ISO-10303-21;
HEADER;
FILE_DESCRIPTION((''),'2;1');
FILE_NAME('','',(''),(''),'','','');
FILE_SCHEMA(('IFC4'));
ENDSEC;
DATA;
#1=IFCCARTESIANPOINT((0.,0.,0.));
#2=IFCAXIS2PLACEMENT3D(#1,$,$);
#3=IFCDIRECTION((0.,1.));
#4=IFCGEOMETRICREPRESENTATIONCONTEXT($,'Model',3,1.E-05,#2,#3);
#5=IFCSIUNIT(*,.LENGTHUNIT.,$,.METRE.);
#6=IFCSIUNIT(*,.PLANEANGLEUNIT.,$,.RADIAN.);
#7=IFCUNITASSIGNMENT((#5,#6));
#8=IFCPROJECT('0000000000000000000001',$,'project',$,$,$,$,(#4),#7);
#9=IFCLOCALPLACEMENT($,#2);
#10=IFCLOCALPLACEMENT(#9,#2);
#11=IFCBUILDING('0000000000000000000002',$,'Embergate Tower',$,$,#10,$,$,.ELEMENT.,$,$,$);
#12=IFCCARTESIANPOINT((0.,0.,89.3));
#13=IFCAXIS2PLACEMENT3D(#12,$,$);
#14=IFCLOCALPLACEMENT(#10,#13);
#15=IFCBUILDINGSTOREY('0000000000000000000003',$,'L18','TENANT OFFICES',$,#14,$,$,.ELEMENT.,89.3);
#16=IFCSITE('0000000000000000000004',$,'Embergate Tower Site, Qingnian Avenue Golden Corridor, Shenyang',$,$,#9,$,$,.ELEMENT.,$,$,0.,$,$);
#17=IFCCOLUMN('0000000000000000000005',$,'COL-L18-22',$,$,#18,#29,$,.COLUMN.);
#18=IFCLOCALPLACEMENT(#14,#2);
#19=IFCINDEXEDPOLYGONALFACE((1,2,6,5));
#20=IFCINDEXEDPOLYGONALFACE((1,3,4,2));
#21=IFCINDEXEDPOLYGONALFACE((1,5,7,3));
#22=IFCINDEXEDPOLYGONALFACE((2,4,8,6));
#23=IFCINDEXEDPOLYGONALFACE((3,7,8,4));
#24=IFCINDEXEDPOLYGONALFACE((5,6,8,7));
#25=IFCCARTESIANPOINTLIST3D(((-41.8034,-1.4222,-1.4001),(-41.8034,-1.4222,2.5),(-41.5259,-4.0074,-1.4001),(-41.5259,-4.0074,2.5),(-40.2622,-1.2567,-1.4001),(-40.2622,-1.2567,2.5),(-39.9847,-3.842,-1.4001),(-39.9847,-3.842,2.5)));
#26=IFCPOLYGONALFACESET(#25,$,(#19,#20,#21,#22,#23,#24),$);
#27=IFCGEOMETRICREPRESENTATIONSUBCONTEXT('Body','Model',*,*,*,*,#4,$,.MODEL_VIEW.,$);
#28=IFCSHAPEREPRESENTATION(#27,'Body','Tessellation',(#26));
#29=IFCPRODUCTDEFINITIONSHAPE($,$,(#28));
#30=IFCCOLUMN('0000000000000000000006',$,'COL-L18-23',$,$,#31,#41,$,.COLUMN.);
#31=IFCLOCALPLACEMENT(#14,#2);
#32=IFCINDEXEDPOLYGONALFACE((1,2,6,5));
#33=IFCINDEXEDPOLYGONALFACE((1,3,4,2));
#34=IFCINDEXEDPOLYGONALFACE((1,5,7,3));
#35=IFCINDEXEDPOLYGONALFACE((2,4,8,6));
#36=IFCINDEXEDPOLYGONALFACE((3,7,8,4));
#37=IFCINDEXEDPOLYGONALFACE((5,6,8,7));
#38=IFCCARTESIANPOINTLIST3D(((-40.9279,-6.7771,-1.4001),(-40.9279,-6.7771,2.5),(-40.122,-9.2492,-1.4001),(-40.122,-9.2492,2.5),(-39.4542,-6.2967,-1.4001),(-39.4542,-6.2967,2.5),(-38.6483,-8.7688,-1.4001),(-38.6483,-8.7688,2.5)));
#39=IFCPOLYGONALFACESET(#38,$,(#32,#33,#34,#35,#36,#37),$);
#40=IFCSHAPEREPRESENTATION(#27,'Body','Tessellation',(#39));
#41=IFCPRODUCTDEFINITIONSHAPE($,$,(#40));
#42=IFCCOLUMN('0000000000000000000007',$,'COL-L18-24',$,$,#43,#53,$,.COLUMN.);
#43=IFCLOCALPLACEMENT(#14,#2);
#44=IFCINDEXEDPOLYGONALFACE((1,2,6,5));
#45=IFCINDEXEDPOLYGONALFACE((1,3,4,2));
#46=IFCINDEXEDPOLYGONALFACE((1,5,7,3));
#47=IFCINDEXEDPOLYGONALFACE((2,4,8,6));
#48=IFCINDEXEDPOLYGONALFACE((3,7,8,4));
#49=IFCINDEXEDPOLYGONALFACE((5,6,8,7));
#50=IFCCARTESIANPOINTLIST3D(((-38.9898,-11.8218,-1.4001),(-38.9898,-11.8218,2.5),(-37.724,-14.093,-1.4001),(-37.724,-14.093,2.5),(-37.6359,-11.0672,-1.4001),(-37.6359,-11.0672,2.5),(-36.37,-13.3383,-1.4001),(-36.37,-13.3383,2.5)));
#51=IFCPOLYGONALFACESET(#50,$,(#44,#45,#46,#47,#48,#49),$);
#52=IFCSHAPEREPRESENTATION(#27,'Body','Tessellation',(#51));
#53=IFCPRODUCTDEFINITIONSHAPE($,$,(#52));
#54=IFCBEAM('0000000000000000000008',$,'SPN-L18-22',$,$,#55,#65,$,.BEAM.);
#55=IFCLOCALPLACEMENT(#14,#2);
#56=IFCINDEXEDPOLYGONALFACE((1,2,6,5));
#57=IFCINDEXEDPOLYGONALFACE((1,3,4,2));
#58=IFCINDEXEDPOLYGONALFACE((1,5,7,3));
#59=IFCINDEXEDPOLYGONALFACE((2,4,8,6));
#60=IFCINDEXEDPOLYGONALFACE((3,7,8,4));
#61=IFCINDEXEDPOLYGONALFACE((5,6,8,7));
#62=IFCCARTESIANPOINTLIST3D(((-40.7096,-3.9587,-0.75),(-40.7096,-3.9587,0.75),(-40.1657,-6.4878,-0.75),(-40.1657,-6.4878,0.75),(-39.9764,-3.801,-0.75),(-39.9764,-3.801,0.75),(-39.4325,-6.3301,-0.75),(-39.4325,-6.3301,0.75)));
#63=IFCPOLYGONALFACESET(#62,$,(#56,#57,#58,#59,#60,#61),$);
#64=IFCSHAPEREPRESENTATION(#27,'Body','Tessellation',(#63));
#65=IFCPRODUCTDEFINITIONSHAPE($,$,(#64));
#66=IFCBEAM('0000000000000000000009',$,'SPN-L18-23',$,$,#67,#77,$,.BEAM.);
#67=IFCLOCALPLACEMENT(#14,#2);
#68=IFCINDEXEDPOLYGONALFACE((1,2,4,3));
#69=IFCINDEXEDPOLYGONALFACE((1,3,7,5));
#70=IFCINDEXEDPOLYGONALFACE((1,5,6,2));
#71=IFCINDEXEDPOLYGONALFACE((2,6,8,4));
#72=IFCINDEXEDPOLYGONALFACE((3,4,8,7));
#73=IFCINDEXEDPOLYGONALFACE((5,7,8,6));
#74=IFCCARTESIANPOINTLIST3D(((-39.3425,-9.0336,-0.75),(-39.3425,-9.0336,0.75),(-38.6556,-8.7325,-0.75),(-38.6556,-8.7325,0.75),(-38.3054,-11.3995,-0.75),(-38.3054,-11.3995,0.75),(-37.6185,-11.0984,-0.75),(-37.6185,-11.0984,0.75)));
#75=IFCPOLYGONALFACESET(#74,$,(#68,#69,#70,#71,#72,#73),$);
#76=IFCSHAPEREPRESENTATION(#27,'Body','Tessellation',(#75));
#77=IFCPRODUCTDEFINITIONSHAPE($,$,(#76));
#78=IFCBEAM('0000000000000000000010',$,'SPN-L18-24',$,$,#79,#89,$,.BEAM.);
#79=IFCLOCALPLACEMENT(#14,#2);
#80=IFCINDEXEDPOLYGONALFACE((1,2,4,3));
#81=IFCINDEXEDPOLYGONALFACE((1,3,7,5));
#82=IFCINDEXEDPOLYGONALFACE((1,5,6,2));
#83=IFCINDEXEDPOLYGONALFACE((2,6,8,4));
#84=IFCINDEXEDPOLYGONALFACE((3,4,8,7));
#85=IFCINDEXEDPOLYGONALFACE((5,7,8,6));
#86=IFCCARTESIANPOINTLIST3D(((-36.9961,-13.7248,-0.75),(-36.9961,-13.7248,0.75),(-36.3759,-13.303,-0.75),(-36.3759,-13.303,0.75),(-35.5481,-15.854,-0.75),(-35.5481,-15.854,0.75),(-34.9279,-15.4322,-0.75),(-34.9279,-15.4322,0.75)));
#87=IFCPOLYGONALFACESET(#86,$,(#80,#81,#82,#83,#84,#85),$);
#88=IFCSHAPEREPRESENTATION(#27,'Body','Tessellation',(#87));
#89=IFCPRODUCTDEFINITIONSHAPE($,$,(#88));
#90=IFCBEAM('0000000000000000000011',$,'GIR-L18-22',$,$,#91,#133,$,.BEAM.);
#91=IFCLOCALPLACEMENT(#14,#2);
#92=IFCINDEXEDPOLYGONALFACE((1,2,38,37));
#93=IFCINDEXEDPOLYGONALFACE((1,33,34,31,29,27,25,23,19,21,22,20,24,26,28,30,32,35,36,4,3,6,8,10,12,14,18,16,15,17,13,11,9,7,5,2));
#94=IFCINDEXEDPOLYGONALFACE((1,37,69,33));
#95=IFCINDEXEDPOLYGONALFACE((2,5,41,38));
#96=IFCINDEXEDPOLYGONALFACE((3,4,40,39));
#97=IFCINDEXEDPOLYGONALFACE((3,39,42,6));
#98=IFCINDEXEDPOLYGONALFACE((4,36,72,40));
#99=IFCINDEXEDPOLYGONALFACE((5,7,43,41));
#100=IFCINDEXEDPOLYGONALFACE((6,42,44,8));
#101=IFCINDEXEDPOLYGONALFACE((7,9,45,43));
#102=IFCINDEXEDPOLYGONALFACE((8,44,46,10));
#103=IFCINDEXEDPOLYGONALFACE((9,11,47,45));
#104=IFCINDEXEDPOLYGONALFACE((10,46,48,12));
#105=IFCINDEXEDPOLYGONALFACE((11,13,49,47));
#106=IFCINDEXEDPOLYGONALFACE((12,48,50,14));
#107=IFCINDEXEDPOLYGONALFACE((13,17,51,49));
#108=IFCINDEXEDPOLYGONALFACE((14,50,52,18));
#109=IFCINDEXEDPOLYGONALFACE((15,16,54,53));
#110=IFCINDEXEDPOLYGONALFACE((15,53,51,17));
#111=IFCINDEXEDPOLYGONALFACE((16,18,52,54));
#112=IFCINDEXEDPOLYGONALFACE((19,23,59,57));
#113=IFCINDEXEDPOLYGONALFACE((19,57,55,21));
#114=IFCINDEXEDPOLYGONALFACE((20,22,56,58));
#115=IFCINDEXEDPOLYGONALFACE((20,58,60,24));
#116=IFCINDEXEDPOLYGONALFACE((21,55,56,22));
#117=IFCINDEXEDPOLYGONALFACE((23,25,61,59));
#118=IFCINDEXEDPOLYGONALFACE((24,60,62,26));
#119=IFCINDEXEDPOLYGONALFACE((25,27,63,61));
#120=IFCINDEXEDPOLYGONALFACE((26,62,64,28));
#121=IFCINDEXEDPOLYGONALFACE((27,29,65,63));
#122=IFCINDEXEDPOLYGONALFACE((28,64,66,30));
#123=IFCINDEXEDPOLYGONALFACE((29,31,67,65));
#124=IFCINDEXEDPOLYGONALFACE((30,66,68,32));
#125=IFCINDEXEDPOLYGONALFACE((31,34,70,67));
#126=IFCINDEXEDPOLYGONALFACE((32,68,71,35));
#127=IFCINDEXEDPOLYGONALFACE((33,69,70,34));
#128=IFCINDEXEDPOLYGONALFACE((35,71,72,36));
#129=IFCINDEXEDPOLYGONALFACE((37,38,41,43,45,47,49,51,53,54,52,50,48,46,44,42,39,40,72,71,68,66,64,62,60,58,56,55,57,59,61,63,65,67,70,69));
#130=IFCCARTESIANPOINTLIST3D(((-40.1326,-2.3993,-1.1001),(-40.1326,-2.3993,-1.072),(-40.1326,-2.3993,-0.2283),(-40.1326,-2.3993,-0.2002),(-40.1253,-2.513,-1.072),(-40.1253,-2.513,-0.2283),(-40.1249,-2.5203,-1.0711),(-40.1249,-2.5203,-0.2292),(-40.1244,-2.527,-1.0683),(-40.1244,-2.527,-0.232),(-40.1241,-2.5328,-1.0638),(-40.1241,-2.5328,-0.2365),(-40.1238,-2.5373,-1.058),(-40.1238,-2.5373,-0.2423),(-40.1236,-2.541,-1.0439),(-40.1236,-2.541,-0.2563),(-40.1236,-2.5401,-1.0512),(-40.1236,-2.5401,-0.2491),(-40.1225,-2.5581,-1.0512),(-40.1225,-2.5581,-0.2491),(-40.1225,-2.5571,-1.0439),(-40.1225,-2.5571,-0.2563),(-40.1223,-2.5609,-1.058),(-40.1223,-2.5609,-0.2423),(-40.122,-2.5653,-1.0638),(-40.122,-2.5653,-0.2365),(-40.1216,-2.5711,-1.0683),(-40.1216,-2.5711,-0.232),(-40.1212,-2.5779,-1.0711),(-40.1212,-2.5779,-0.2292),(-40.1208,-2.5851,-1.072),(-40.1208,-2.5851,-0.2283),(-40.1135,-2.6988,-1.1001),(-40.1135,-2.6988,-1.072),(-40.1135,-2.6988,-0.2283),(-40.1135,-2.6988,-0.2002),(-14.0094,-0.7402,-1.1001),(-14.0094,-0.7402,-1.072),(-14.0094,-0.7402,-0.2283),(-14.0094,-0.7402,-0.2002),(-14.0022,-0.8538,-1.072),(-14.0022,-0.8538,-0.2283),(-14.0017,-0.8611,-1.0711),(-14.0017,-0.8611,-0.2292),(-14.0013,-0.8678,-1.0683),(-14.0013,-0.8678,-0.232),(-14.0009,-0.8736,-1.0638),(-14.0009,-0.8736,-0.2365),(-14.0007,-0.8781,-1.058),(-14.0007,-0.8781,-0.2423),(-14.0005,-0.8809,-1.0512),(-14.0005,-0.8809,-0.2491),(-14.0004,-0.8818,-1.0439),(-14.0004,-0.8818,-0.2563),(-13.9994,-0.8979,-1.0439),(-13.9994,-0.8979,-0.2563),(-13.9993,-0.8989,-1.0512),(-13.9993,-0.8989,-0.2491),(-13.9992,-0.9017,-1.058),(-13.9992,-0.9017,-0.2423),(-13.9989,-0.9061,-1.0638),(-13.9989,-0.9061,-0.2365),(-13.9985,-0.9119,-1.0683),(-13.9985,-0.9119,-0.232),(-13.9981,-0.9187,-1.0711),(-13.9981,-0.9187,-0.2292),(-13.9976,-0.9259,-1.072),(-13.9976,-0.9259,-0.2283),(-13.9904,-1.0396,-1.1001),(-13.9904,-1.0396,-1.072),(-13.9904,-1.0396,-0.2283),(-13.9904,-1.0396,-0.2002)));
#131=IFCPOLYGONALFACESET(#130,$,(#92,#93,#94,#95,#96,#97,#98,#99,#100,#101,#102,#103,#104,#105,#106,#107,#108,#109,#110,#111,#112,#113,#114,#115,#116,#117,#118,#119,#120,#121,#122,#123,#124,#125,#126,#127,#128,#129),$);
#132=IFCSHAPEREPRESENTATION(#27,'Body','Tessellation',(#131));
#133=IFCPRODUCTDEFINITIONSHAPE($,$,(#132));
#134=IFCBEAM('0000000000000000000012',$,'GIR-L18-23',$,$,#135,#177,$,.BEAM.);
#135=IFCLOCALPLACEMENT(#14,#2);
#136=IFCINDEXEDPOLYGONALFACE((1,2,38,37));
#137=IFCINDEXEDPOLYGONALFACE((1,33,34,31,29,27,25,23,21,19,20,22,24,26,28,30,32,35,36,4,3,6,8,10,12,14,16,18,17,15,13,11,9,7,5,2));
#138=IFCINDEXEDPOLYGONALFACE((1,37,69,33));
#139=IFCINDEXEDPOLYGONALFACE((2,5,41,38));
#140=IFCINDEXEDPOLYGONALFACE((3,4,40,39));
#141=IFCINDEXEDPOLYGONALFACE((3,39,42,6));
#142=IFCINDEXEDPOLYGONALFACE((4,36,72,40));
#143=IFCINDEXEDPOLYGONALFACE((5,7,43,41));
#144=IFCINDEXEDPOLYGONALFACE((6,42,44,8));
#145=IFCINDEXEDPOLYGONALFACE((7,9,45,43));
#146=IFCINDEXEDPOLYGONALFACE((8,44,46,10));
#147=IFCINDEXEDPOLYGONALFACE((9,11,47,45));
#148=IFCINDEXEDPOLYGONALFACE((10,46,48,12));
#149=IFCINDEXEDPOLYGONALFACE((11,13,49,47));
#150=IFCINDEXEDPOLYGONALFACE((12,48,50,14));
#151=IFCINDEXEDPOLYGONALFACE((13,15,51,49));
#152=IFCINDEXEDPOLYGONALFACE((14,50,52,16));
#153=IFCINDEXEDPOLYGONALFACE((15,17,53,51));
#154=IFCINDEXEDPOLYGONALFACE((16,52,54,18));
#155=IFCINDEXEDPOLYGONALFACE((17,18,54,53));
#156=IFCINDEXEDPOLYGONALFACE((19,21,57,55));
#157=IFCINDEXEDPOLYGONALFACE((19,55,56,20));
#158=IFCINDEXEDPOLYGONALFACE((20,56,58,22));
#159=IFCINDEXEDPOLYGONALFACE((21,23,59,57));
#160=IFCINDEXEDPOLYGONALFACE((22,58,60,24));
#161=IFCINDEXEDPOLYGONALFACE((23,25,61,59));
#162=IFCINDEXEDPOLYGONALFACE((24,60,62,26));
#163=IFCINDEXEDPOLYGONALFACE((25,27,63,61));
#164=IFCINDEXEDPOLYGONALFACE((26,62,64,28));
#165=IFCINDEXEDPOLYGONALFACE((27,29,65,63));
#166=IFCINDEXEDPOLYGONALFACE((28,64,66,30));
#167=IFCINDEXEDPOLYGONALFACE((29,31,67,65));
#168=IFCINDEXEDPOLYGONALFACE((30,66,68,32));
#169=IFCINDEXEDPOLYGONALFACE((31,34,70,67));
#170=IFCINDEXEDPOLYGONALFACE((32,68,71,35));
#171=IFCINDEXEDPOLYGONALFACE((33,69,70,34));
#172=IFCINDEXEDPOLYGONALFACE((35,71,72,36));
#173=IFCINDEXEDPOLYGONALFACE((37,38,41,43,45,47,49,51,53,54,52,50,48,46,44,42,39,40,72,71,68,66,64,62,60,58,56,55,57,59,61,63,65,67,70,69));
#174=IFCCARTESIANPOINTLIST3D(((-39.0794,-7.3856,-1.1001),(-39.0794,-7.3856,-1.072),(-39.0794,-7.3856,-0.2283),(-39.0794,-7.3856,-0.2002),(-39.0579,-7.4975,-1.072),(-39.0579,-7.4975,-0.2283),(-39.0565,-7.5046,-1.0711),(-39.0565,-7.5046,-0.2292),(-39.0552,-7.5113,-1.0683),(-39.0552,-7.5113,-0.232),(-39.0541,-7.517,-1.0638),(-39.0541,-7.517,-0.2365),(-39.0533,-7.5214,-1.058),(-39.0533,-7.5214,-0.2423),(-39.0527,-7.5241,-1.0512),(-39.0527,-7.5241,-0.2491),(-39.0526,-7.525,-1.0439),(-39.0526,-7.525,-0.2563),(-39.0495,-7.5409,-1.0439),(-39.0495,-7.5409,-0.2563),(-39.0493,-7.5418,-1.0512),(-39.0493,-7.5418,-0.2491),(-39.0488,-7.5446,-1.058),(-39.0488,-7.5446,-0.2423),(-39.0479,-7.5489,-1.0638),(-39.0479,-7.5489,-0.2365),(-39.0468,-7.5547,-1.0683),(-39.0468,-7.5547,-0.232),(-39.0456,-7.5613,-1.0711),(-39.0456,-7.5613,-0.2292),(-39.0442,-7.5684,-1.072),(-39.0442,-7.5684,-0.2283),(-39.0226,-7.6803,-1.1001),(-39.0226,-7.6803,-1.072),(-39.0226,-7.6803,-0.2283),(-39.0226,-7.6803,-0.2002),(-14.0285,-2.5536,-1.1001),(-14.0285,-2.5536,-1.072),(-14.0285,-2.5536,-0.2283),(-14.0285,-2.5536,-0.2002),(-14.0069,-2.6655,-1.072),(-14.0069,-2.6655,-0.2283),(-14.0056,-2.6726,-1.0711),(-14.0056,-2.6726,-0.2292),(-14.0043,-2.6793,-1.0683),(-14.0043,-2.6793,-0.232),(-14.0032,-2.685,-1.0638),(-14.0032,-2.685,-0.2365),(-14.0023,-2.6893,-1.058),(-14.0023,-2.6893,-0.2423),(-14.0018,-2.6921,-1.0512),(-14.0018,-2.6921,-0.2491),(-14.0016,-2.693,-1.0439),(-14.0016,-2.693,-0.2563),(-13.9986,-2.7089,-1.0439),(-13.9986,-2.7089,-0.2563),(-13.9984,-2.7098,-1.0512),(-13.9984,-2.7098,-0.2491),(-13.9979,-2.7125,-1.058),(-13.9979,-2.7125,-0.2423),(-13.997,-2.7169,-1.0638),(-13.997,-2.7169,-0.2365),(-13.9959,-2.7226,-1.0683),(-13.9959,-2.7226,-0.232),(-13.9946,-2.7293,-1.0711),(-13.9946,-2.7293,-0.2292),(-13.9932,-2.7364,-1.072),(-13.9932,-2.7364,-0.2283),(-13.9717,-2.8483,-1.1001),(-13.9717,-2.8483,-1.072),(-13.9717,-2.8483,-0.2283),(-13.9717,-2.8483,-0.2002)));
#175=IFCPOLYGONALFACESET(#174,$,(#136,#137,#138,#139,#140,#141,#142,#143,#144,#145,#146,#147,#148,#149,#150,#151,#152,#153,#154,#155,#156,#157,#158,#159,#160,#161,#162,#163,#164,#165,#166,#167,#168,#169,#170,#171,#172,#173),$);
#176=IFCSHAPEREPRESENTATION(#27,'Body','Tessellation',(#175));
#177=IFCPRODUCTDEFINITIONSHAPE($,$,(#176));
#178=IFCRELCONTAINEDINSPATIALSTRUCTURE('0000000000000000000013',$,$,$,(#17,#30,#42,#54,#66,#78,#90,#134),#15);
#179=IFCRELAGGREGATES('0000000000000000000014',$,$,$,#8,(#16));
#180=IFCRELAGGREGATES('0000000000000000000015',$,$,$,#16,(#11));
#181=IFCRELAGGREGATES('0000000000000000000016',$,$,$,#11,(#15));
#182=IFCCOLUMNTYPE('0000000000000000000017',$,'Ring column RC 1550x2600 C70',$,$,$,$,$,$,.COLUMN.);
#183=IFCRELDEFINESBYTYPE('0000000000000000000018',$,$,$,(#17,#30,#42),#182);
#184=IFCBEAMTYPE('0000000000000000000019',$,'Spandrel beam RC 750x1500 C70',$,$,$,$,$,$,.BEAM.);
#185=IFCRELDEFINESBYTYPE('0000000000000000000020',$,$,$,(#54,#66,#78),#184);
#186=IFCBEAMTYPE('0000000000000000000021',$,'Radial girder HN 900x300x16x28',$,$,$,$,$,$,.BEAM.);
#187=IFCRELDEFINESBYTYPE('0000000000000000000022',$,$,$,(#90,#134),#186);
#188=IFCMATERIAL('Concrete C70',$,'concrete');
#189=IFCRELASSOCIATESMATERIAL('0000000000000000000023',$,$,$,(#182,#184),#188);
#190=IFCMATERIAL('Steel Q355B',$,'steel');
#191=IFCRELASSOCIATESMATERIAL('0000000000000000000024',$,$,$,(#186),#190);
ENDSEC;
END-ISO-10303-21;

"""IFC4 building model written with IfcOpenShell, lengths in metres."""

from ifc_helpers import new_model, si_unit, direction, frame, origin, origin_2d, place, context, subcontext, project, spatial, rectangle, i_section, extrude, source, transform, mapped, material, material_profile, profile_set, type_object, element, save


model = new_model("IFC4")

# Units and contexts
model_context = context("Model", 3, precision=1e-05, world=origin(), true_north=direction((0.0, 1.0)))
body_context = subcontext(model_context, "Body", "Model", "MODEL_VIEW")
ifc_project = project(units=[si_unit("LENGTHUNIT", "METRE"), si_unit("PLANEANGLEUNIT", "RADIAN")], contexts=[model_context])

# Site, building, storey
site_placement = place(None, origin())
site = spatial("IfcSite", under=ifc_project, at=site_placement, Name="Embergate Tower Site, Qingnian Avenue Golden Corridor, Shenyang", CompositionType="ELEMENT", RefElevation=0.0)
building_placement = place(site_placement, origin())
building = spatial("IfcBuilding", under=site, at=building_placement, Name="Embergate Tower", CompositionType="ELEMENT")
storey_placement = place(building_placement, frame((0.0, 0.0, 89.3)))
storey = spatial("IfcBuildingStorey", under=building, at=storey_placement, Name="L18", Description="TENANT OFFICES", CompositionType="ELEMENT", Elevation=89.3)

# Columns
ifc_material_1 = material(Name="Concrete C70", Category="concrete")
ifc_material_profile_1 = material_profile(ifc_material_1, rectangle(XDim=1.55, YDim=2.6001, at=origin_2d()), Name="RC 1550x2600")
ifc_profile_set_1 = profile_set([ifc_material_profile_1], Name="Concrete C70")
column_type = type_object("IfcColumnType", Name="Ring column RC 1550x2600 C70", PredefinedType="COLUMN", material=ifc_profile_set_1)
shared_shape_1 = source(origin(), body_context, "Body", "SweptSolid", [
    extrude(rectangle(XDim=1.55, YDim=2.6001, at=origin_2d()), origin(), (0.0, 0.0, 1.0), 3.9001),
])
for number, where, z_axis, x_axis, name in (
    (1, (-40.894, -2.6321, -1.4001), (0.0, 0.0, 1.0), (-0.994286, -0.10675, 0.0), "COL-L18-22"),
    (2, (-39.7881, -7.7729, -1.4001), (0.0, 0.0, 1.0), (-0.950754, -0.309946, 0.0), "COL-L18-23"),
    (3, (-37.6799, -12.5801, -1.4001), (0.0, 0.0, 1.0), (-0.873492, -0.486839, 0.0), "COL-L18-24"),
):
    element("IfcColumn", number, at=place(storey_placement, frame(where, z_axis=z_axis, x_axis=x_axis)), inside=storey, type_object=column_type, Name=name, PredefinedType="COLUMN", context=body_context, shape_type="MappedRepresentation", body=[
        mapped(shared_shape_1, transform((0.0, 0.0, 0.0))),
    ])

# Beams
ifc_material_profile_2 = material_profile(ifc_material_1, rectangle(XDim=0.75, YDim=1.5, at=origin_2d()), Name="RC 750x1500")
ifc_profile_set_2 = profile_set([ifc_material_profile_2], Name="Concrete C70")
beam_type_1 = type_object("IfcBeamType", Name="Spandrel beam RC 750x1500 C70", PredefinedType="BEAM", material=ifc_profile_set_2)
shared_shape_2 = source(origin(), body_context, "Body", "SweptSolid", [
    extrude(rectangle(XDim=0.75, YDim=1.5, at=origin_2d()), origin(), (0.0, 0.0, 1.0), 2.5869),
])
beam_1_placement = place(storey_placement, frame((-40.343, -3.8799, 0.0), z_axis=(0.21027, -0.977643, 0.0), x_axis=(0.977643, 0.21027, 0.0)))
element("IfcBeam", 4, at=beam_1_placement, inside=storey, type_object=beam_type_1, Name="SPN-L18-22", PredefinedType="BEAM", context=body_context, shape_type="MappedRepresentation", body=[
    mapped(shared_shape_2, transform((0.0, 0.0, 0.0))),
])
shared_shape_3 = source(origin(), body_context, "Body", "SweptSolid", [
    extrude(rectangle(XDim=0.75, YDim=1.5, at=origin_2d()), origin(), (0.0, 0.0, 1.0), 2.5833),
])
beam_2_placement = place(storey_placement, frame((-38.999, -8.8831, 0.0), z_axis=(0.401468, -0.915873, 0.0), x_axis=(0.915873, 0.401468, 0.0)))
element("IfcBeam", 5, at=beam_2_placement, inside=storey, type_object=beam_type_1, Name="SPN-L18-23", PredefinedType="BEAM", context=body_context, shape_type="MappedRepresentation", body=[
    mapped(shared_shape_3, transform((0.0, 0.0, 0.0))),
])
shared_shape_4 = source(origin(), body_context, "Body", "SweptSolid", [
    extrude(rectangle(XDim=0.75, YDim=1.5, at=origin_2d()), origin(), (0.0, 0.0, 1.0), 2.575),
])
beam_3_placement = place(storey_placement, frame((-36.686, -13.5139, 0.0), z_axis=(0.562357, -0.826895, 0.0), x_axis=(0.826895, 0.562357, 0.0)))
element("IfcBeam", 6, at=beam_3_placement, inside=storey, type_object=beam_type_1, Name="SPN-L18-24", PredefinedType="BEAM", context=body_context, shape_type="MappedRepresentation", body=[
    mapped(shared_shape_4, transform((0.0, 0.0, 0.0))),
])
ifc_material_2 = material(Name="Steel Q355B", Category="steel")
ifc_material_profile_3 = material_profile(ifc_material_2, i_section(OverallWidth=0.3, OverallDepth=0.8999, WebThickness=0.0161, FlangeThickness=0.0281, FilletRadius=0.0281, at=origin_2d()), Name="HN 900x300x16x28")
ifc_profile_set_3 = profile_set([ifc_material_profile_3], Name="Steel Q355 grade B")
beam_type_2 = type_object("IfcBeamType", Name="Radial girder HN 900x300x16x28", PredefinedType="BEAM", material=ifc_profile_set_3)
shared_shape_5 = source(origin(), body_context, "Body", "SweptSolid", [
    extrude(i_section(OverallWidth=0.3, OverallDepth=0.8999, WebThickness=0.0161, FlangeThickness=0.0281, FilletRadius=0.0281, at=origin_2d()), origin(), (0.0, 0.0, 1.0), 26.1758),
])
beam_4_placement = place(storey_placement, frame((-40.123, -2.5491, -0.6501), z_axis=(0.997989, 0.063386, 0.0), x_axis=(-0.063386, 0.997989, 0.0)))
element("IfcBeam", 7, at=beam_4_placement, inside=storey, type_object=beam_type_2, Name="GIR-L18-22", PredefinedType="BEAM", context=body_context, shape_type="MappedRepresentation", body=[
    mapped(shared_shape_5, transform((0.0, 0.0, 0.0))),
])
shared_shape_6 = source(origin(), body_context, "Body", "SweptSolid", [
    extrude(i_section(OverallWidth=0.3, OverallDepth=0.8999, WebThickness=0.0161, FlangeThickness=0.0281, FilletRadius=0.0281, at=origin_2d()), origin(), (0.0, 0.0, 1.0), 25.5127),
])
beam_5_placement = place(storey_placement, frame((-39.051, -7.533, -0.6501), z_axis=(0.981901, 0.189396, 0.0), x_axis=(-0.189396, 0.981901, 0.0)))
element("IfcBeam", 8, at=beam_5_placement, inside=storey, type_object=beam_type_2, Name="GIR-L18-23", PredefinedType="BEAM", context=body_context, shape_type="MappedRepresentation", body=[
    mapped(shared_shape_6, transform((0.0, 0.0, 0.0))),
])

save(model, "model.ifc")
